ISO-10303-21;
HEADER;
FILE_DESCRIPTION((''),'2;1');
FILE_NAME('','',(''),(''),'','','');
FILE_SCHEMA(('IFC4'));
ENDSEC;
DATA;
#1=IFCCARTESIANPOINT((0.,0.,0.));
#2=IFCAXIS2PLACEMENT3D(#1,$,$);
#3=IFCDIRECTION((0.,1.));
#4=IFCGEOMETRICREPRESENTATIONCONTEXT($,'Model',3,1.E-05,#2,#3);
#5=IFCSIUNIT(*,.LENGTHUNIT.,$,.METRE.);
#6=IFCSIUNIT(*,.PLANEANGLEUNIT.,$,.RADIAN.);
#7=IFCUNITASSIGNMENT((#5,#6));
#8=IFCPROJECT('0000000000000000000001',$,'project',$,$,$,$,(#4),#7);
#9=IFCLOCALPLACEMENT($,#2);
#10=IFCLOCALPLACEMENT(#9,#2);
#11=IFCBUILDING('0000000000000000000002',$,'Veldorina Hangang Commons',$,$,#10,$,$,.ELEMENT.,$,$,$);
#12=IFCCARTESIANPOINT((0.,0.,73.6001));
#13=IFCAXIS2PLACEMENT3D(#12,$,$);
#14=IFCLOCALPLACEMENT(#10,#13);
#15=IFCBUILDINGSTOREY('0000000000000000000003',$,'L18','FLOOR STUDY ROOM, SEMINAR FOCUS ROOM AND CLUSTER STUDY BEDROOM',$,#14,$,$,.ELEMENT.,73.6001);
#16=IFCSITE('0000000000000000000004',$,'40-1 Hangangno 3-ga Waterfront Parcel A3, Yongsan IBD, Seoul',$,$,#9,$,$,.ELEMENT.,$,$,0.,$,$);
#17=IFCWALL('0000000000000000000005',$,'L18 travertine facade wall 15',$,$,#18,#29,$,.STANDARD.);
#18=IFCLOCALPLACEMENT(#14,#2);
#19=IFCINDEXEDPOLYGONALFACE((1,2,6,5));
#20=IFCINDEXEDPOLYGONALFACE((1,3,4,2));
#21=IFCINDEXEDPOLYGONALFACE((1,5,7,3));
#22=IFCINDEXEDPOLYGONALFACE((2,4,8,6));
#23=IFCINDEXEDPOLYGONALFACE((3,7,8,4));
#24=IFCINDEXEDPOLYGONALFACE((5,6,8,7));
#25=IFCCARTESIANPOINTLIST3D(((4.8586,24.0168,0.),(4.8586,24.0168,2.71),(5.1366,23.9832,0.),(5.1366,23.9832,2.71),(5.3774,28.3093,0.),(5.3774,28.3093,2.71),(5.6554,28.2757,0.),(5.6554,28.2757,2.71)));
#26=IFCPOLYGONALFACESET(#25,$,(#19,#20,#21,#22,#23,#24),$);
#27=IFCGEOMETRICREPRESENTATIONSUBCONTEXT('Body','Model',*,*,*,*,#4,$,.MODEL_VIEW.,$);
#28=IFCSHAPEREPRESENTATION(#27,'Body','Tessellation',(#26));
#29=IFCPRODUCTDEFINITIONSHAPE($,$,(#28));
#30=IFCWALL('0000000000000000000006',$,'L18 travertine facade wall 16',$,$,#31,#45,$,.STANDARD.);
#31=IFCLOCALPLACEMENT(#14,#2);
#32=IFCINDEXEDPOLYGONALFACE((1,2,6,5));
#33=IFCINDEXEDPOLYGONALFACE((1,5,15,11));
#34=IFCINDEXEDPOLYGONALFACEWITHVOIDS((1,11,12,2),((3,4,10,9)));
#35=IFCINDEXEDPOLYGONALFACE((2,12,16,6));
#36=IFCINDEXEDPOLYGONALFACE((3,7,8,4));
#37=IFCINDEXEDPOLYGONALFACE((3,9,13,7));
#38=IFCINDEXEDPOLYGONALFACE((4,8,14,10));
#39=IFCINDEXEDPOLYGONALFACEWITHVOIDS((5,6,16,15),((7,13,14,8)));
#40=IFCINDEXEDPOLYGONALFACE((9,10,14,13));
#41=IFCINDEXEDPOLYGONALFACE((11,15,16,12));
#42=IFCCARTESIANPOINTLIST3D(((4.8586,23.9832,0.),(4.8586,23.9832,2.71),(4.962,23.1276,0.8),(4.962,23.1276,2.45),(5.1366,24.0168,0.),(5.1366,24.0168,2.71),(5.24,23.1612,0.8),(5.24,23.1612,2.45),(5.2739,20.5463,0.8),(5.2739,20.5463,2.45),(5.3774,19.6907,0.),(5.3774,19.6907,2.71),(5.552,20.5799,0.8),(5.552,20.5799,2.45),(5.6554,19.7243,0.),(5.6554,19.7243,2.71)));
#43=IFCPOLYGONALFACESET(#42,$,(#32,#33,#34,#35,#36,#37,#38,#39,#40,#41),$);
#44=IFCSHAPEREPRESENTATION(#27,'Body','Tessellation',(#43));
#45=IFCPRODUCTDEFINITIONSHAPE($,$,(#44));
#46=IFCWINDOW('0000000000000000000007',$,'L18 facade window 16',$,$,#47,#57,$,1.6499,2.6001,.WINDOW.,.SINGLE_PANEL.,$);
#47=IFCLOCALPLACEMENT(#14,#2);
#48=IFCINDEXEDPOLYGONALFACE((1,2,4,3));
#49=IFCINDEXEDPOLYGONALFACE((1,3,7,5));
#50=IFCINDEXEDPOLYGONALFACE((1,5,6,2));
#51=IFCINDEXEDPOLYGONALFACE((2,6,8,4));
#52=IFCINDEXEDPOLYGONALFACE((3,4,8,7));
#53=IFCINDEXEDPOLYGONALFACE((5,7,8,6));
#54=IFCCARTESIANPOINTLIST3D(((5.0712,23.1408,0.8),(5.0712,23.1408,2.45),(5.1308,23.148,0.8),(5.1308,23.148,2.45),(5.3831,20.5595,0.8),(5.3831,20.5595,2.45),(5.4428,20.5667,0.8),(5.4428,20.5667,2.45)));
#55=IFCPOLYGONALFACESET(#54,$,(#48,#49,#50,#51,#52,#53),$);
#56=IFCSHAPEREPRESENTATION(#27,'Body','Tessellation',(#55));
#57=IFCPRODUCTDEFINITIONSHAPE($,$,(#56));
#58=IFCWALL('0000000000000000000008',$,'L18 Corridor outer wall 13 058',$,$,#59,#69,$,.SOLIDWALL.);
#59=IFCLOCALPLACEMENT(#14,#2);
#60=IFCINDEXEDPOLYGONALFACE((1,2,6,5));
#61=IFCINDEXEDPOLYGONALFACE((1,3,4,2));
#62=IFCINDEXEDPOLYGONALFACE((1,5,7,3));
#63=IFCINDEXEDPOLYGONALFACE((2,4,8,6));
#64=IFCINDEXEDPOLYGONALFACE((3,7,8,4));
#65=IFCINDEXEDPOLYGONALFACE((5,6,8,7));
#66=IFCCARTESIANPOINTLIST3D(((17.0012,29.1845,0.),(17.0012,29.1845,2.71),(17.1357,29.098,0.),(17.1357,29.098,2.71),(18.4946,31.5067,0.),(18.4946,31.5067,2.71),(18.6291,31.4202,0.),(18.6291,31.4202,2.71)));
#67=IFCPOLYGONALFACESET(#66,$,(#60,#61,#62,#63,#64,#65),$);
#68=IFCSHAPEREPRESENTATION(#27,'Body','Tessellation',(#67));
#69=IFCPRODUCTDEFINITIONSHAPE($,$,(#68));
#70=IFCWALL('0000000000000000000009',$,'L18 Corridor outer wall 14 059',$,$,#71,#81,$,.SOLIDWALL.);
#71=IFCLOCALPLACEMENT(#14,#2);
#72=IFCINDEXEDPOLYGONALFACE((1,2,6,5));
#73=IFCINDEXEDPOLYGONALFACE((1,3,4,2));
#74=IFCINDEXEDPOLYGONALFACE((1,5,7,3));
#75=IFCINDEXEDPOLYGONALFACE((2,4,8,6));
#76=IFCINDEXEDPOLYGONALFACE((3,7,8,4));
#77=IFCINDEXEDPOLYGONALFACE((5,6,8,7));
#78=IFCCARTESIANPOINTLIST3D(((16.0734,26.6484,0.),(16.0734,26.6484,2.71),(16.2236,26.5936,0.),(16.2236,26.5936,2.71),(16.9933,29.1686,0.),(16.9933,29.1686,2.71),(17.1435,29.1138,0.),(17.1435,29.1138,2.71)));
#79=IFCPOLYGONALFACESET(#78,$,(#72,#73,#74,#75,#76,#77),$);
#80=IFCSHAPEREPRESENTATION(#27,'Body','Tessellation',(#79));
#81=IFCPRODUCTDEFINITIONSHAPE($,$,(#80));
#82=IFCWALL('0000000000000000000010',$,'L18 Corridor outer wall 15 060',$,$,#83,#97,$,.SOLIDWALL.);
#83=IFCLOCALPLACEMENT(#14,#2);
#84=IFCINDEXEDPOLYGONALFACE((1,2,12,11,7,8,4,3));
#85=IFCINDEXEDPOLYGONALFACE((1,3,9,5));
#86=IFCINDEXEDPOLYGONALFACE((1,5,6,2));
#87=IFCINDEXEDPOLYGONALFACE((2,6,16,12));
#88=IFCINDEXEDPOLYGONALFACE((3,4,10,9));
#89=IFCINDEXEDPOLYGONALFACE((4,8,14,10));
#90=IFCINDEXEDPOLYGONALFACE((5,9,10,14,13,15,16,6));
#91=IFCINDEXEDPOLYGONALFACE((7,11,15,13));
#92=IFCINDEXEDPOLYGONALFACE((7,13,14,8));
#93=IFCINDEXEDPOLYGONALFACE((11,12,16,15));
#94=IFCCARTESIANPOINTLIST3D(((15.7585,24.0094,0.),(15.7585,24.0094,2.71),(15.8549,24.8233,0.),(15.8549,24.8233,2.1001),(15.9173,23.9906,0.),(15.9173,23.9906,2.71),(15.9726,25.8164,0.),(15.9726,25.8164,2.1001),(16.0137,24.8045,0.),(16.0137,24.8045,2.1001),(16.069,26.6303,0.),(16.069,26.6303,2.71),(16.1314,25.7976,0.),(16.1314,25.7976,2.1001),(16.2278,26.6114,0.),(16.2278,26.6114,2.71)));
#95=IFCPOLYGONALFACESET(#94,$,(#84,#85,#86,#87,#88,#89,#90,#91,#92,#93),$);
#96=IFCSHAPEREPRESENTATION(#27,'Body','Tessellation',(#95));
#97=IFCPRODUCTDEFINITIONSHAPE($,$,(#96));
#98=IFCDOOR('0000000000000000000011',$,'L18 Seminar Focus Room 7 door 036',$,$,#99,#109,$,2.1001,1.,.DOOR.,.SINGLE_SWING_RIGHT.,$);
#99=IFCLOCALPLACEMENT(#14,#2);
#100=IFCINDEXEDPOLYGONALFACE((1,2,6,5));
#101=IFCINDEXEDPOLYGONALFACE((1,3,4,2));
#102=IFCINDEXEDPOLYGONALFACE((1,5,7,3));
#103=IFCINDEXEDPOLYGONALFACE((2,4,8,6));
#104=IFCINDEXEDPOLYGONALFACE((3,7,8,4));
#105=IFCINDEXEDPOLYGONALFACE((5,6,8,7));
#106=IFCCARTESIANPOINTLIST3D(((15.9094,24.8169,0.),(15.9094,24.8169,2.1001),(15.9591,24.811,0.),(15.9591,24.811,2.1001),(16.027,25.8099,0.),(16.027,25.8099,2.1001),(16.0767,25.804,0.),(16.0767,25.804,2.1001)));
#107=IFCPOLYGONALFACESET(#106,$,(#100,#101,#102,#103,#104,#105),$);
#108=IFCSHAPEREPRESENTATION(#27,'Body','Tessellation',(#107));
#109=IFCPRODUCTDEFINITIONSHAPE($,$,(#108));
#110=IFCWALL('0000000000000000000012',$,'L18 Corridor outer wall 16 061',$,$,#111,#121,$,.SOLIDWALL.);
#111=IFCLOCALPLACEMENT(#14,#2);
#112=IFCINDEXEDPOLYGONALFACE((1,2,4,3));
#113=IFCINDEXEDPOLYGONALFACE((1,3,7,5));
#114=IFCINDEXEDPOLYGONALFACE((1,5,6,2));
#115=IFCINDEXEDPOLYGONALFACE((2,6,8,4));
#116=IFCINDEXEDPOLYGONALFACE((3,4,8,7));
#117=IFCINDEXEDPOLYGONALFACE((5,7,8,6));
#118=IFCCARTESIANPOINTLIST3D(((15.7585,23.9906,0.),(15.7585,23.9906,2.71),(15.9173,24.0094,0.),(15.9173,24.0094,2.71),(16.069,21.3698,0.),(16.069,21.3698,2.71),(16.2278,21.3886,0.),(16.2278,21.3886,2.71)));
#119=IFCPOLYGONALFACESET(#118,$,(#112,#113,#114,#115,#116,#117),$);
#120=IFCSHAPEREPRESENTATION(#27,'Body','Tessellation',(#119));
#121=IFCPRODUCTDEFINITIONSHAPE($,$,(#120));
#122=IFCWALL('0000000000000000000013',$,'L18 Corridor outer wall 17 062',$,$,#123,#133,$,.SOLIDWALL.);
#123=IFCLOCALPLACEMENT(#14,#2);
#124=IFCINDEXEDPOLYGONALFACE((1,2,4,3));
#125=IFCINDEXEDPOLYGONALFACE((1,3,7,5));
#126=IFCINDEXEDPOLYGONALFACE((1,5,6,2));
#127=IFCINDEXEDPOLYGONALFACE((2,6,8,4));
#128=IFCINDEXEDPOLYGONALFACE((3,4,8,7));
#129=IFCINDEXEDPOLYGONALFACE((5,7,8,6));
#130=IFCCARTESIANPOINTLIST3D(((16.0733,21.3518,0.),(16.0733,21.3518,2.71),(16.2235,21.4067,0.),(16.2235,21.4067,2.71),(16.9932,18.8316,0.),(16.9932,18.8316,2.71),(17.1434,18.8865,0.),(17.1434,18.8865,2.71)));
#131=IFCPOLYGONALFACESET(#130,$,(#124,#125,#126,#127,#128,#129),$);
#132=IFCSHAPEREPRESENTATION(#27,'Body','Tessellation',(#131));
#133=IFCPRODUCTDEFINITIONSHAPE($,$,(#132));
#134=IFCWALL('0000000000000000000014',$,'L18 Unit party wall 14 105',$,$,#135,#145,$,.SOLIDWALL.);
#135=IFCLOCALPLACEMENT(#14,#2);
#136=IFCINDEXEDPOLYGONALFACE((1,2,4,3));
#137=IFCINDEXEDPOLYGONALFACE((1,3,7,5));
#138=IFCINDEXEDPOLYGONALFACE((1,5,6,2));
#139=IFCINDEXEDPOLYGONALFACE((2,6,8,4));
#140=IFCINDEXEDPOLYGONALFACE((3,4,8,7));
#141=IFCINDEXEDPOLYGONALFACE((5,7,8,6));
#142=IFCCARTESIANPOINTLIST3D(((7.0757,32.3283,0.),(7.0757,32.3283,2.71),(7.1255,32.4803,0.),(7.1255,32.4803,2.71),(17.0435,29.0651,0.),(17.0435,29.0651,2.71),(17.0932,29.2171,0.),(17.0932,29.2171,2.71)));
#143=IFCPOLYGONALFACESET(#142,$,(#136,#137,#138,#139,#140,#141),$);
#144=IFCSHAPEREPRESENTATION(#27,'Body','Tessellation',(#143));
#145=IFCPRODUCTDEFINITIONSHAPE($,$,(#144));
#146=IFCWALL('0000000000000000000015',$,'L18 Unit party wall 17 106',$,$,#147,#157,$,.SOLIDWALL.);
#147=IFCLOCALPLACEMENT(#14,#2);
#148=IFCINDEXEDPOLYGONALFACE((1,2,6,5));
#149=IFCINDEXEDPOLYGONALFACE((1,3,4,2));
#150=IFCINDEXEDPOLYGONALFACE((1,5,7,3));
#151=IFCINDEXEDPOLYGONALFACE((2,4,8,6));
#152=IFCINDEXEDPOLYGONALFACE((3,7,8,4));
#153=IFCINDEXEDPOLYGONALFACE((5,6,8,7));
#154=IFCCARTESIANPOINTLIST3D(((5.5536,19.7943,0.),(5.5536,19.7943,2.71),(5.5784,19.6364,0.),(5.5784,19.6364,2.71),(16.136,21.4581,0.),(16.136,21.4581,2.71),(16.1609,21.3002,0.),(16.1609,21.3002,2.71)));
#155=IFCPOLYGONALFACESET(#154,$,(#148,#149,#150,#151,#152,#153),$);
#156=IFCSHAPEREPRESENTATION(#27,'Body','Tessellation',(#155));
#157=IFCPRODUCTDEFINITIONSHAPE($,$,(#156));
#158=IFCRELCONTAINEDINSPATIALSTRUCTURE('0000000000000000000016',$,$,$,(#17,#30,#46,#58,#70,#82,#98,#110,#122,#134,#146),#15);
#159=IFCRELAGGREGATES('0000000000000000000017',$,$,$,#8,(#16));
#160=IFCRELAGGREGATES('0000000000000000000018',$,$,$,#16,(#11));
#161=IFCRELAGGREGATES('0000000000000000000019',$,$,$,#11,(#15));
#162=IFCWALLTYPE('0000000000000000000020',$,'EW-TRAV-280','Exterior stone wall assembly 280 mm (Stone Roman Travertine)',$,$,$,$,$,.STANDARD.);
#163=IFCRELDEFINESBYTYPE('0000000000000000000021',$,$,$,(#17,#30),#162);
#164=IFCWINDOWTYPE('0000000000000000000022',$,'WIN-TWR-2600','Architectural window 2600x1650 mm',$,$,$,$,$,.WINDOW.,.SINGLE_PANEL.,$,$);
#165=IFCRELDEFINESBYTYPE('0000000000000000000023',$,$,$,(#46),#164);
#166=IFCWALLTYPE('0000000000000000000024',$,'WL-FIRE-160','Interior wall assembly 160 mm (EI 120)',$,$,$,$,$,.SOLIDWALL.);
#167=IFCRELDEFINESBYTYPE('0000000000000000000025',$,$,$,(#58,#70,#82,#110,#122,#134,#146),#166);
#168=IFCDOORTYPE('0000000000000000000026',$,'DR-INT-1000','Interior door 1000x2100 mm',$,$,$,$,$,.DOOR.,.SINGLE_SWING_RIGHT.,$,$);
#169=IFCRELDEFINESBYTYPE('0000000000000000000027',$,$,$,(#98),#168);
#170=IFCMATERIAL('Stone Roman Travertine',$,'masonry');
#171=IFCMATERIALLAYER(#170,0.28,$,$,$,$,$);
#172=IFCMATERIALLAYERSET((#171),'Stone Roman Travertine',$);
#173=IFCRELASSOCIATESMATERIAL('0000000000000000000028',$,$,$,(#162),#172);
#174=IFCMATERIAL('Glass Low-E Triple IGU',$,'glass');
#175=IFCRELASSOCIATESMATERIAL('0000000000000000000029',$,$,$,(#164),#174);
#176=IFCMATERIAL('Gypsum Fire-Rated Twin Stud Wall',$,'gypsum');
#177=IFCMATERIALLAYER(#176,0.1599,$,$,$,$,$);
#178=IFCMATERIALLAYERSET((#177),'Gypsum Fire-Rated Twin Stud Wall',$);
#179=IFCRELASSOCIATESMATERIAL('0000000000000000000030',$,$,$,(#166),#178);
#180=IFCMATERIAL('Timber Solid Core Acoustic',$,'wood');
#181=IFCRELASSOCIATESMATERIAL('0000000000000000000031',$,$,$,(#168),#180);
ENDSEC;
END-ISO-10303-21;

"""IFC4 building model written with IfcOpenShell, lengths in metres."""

from ifc_helpers import new_model, si_unit, direction, frame, frame_2d, origin, place, context, subcontext, project, spatial, rectangle, extrude, material, layer, layer_set, type_object, element, fill, save


model = new_model("IFC4")

# Units and contexts
model_context = context("Model", 3, precision=1e-05, world=origin(), true_north=direction((0.0, 1.0)))
body_context = subcontext(model_context, "Body", "Model", "MODEL_VIEW")
ifc_project = project(units=[si_unit("LENGTHUNIT", "METRE"), si_unit("PLANEANGLEUNIT", "RADIAN")], contexts=[model_context])

# Site, building, storey
site_placement = place(None, origin())
site = spatial("IfcSite", under=ifc_project, at=site_placement, Name="40-1 Hangangno 3-ga Waterfront Parcel A3, Yongsan IBD, Seoul", CompositionType="ELEMENT", RefElevation=0.0)
building_placement = place(site_placement, origin())
building = spatial("IfcBuilding", under=site, at=building_placement, Name="Veldorina Hangang Commons", CompositionType="ELEMENT")
storey_placement = place(building_placement, frame((0.0, 0.0, 73.6001)))
storey = spatial("IfcBuildingStorey", under=building, at=storey_placement, Name="L18", Description="FLOOR STUDY ROOM, SEMINAR FOCUS ROOM AND CLUSTER STUDY BEDROOM", CompositionType="ELEMENT", Elevation=73.6001)

# Wall
ifc_material_1 = material(Name="Stone Roman Travertine", Category="masonry")
ifc_layer_1 = layer(ifc_material_1, 0.28)
ifc_layer_set_1 = layer_set([ifc_layer_1], Name="Stone Roman Travertine")
wall_type_1 = type_object("IfcWallType", Name="EW-TRAV-280", Description="Exterior stone wall assembly 280 mm (Stone Roman Travertine)", PredefinedType="STANDARD", material=ifc_layer_set_1)
wall_1_placement = place(storey_placement, frame((5.5164, 28.2925, 0.0), z_axis=(0.0, 0.0, 1.0), x_axis=(-0.119989, -0.992775, 0.0)))
element("IfcWall", 1, at=wall_1_placement, inside=storey, type_object=wall_type_1, Name="L18 travertine facade wall 15", PredefinedType="STANDARD", context=body_context, shape_type="SweptSolid", body=[
    extrude(rectangle(XDim=4.3237, YDim=0.28, at=frame_2d((2.1619, 0.0))), origin(), (0.0, 0.0, 1.0), 2.71),
])

# Wall, opening, window
wall_2_placement = place(storey_placement, frame((4.9976, 24.0, 0.0), z_axis=(0.0, 0.0, 1.0), x_axis=(0.119989, -0.992775, 0.0)))
wall_2 = element("IfcWall", 2, at=wall_2_placement, inside=storey, type_object=wall_type_1, Name="L18 travertine facade wall 16", PredefinedType="STANDARD", context=body_context, shape_type="SweptSolid", body=[
    extrude(rectangle(XDim=4.3237, YDim=0.28, at=frame_2d((2.1619, 0.0))), origin(), (0.0, 0.0, 1.0), 2.71),
])
opening_1_placement = place(wall_2_placement, frame((0.8618, 0.0, 0.8)))
opening_1 = element("IfcOpeningElement", 3, at=opening_1_placement, cuts=wall_2, PredefinedType="OPENING", context=body_context, shape_type="SweptSolid", body=[
    extrude(rectangle(XDim=2.6001, YDim=1.6499, at=frame_2d((1.3, 0.825))), frame((0.0, 0.1499, 0.0), z_axis=(0.0, -1.0, 0.0), x_axis=(1.0, 0.0, 0.0)), (0.0, 0.0, 1.0), 0.3),
])
ifc_material_2 = material(Name="Glass Low-E Triple IGU", Category="glass")
window_type = type_object("IfcWindowType", Name="WIN-TWR-2600", Description="Architectural window 2600x1650 mm", PartitioningType="SINGLE_PANEL", PredefinedType="WINDOW", material=ifc_material_2)
window_placement = place(opening_1_placement, origin())
window = element("IfcWindow", 4, at=window_placement, inside=storey, type_object=window_type, Name="L18 facade window 16", OverallHeight=1.6499, OverallWidth=2.6001, PartitioningType="SINGLE_PANEL", PredefinedType="WINDOW", context=body_context, shape_type="SweptSolid", body=[
    extrude(rectangle(XDim=2.6001, YDim=1.6499, at=frame_2d((1.3, 0.825))), frame((0.0, 0.03, 0.0), z_axis=(0.0, -1.0, 0.0), x_axis=(1.0, 0.0, 0.0)), (0.0, 0.0, 1.0), 0.0601),
])
fill(opening_1, window)

# Walls
ifc_material_3 = material(Name="Gypsum Fire-Rated Twin Stud Wall", Category="gypsum")
ifc_layer_2 = layer(ifc_material_3, 0.1599)
ifc_layer_set_2 = layer_set([ifc_layer_2], Name="Gypsum Fire-Rated Twin Stud Wall")
wall_type_2 = type_object("IfcWallType", Name="WL-FIRE-160", Description="Interior wall assembly 160 mm (EI 120)", PredefinedType="SOLIDWALL", material=ifc_layer_set_2)
wall_3_placement = place(storey_placement, frame((18.5618, 31.4634, 0.0), z_axis=(0.0, 0.0, 1.0), x_axis=(-0.540892, -0.841092, 0.0)))
element("IfcWall", 5, at=wall_3_placement, inside=storey, type_object=wall_type_2, Name="L18 Corridor outer wall 13 058", PredefinedType="SOLIDWALL", context=body_context, shape_type="SweptSolid", body=[
    extrude(rectangle(XDim=2.761, YDim=0.1599, at=frame_2d((1.3804, 0.0))), origin(), (0.0, 0.0, 1.0), 2.71),
])
wall_4_placement = place(storey_placement, frame((17.0684, 29.1411, 0.0), z_axis=(0.0, 0.0, 1.0), x_axis=(-0.342883, -0.939378, 0.0)))
element("IfcWall", 6, at=wall_4_placement, inside=storey, type_object=wall_type_2, Name="L18 Corridor outer wall 14 059", PredefinedType="SOLIDWALL", context=body_context, shape_type="SweptSolid", body=[
    extrude(rectangle(XDim=2.6829, YDim=0.1599, at=frame_2d((1.3413, 0.0))), origin(), (0.0, 0.0, 1.0), 2.71),
])

# Wall, opening, door
wall_5_placement = place(storey_placement, frame((16.1484, 26.6208, 0.0), z_axis=(0.0, 0.0, 1.0), x_axis=(-0.117668, -0.993053, 0.0)))
wall_5 = element("IfcWall", 7, at=wall_5_placement, inside=storey, type_object=wall_type_2, Name="L18 Corridor outer wall 15 060", PredefinedType="SOLIDWALL", context=body_context, shape_type="SweptSolid", body=[
    extrude(rectangle(XDim=2.6392, YDim=0.1599, at=frame_2d((1.3196, 0.0))), origin(), (0.0, 0.0, 1.0), 2.71),
])
opening_2_placement = place(wall_5_placement, frame((0.8196, 0.0, 0.0)))
opening_2 = element("IfcOpeningElement", 8, at=opening_2_placement, cuts=wall_5, PredefinedType="OPENING", context=body_context, shape_type="SweptSolid", body=[
    extrude(rectangle(XDim=1.0, YDim=2.1001, at=frame_2d((0.5, 1.05))), frame((0.0, 0.0898, 0.0), z_axis=(0.0, -1.0, 0.0), x_axis=(1.0, 0.0, 0.0)), (0.0, 0.0, 1.0), 0.1799),
])
ifc_material_4 = material(Name="Timber Solid Core Acoustic", Category="wood")
door_type = type_object("IfcDoorType", Name="DR-INT-1000", Description="Interior door 1000x2100 mm", OperationType="SINGLE_SWING_RIGHT", PredefinedType="DOOR", material=ifc_material_4)
door_placement = place(opening_2_placement, origin())
door = element("IfcDoor", 9, at=door_placement, inside=storey, type_object=door_type, Name="L18 Seminar Focus Room 7 door 036", OperationType="SINGLE_SWING_RIGHT", OverallHeight=2.1001, OverallWidth=1.0, PredefinedType="DOOR", context=body_context, shape_type="SweptSolid", body=[
    extrude(rectangle(XDim=1.0, YDim=2.1001, at=frame_2d((0.5, 1.05))), frame((0.0, 0.0249, 0.0), z_axis=(0.0, -1.0, 0.0), x_axis=(1.0, 0.0, 0.0)), (0.0, 0.0, 1.0), 0.05),
])
fill(opening_2, door)

# Walls
wall_6_placement = place(storey_placement, frame((15.8379, 24.0, 0.0), z_axis=(0.0, 0.0, 1.0), x_axis=(0.117668, -0.993053, 0.0)))
element("IfcWall", 10, at=wall_6_placement, inside=storey, type_object=wall_type_2, Name="L18 Corridor outer wall 16 061", PredefinedType="SOLIDWALL", context=body_context, shape_type="SweptSolid", body=[
    extrude(rectangle(XDim=2.6392, YDim=0.1599, at=frame_2d((1.3196, 0.0))), origin(), (0.0, 0.0, 1.0), 2.71),
])
wall_7_placement = place(storey_placement, frame((16.1484, 21.3792, 0.0), z_axis=(0.0, 0.0, 1.0), x_axis=(0.342883, -0.939378, 0.0)))
element("IfcWall", 11, at=wall_7_placement, inside=storey, type_object=wall_type_2, Name="L18 Corridor outer wall 17 062", PredefinedType="SOLIDWALL", context=body_context, shape_type="SweptSolid", body=[
    extrude(rectangle(XDim=2.6829, YDim=0.1599, at=frame_2d((1.3413, 0.0))), origin(), (0.0, 0.0, 1.0), 2.71),
])
wall_8_placement = place(storey_placement, frame((17.0684, 29.1411, 0.0), z_axis=(0.0, 0.0, 1.0), x_axis=(-0.950369, 0.311125, 0.0)))
element("IfcWall", 12, at=wall_8_placement, inside=storey, type_object=wall_type_2, Name="L18 Unit party wall 14 105", PredefinedType="SOLIDWALL", context=body_context, shape_type="SweptSolid", body=[
    extrude(rectangle(XDim=10.4883, YDim=0.1599, at=frame_2d((5.2441, 0.0))), origin(), (0.0, 0.0, 1.0), 2.71),
])
wall_9_placement = place(storey_placement, frame((16.1484, 21.3792, 0.0), z_axis=(0.0, 0.0, 1.0), x_axis=(-0.987865, -0.155315, 0.0)))
element("IfcWall", 13, at=wall_9_placement, inside=storey, type_object=wall_type_2, Name="L18 Unit party wall 17 106", PredefinedType="SOLIDWALL", context=body_context, shape_type="SweptSolid", body=[
    extrude(rectangle(XDim=10.7124, YDim=0.1599, at=frame_2d((5.3562, 0.0))), origin(), (0.0, 0.0, 1.0), 2.71),
])

save(model, "model.ifc")
